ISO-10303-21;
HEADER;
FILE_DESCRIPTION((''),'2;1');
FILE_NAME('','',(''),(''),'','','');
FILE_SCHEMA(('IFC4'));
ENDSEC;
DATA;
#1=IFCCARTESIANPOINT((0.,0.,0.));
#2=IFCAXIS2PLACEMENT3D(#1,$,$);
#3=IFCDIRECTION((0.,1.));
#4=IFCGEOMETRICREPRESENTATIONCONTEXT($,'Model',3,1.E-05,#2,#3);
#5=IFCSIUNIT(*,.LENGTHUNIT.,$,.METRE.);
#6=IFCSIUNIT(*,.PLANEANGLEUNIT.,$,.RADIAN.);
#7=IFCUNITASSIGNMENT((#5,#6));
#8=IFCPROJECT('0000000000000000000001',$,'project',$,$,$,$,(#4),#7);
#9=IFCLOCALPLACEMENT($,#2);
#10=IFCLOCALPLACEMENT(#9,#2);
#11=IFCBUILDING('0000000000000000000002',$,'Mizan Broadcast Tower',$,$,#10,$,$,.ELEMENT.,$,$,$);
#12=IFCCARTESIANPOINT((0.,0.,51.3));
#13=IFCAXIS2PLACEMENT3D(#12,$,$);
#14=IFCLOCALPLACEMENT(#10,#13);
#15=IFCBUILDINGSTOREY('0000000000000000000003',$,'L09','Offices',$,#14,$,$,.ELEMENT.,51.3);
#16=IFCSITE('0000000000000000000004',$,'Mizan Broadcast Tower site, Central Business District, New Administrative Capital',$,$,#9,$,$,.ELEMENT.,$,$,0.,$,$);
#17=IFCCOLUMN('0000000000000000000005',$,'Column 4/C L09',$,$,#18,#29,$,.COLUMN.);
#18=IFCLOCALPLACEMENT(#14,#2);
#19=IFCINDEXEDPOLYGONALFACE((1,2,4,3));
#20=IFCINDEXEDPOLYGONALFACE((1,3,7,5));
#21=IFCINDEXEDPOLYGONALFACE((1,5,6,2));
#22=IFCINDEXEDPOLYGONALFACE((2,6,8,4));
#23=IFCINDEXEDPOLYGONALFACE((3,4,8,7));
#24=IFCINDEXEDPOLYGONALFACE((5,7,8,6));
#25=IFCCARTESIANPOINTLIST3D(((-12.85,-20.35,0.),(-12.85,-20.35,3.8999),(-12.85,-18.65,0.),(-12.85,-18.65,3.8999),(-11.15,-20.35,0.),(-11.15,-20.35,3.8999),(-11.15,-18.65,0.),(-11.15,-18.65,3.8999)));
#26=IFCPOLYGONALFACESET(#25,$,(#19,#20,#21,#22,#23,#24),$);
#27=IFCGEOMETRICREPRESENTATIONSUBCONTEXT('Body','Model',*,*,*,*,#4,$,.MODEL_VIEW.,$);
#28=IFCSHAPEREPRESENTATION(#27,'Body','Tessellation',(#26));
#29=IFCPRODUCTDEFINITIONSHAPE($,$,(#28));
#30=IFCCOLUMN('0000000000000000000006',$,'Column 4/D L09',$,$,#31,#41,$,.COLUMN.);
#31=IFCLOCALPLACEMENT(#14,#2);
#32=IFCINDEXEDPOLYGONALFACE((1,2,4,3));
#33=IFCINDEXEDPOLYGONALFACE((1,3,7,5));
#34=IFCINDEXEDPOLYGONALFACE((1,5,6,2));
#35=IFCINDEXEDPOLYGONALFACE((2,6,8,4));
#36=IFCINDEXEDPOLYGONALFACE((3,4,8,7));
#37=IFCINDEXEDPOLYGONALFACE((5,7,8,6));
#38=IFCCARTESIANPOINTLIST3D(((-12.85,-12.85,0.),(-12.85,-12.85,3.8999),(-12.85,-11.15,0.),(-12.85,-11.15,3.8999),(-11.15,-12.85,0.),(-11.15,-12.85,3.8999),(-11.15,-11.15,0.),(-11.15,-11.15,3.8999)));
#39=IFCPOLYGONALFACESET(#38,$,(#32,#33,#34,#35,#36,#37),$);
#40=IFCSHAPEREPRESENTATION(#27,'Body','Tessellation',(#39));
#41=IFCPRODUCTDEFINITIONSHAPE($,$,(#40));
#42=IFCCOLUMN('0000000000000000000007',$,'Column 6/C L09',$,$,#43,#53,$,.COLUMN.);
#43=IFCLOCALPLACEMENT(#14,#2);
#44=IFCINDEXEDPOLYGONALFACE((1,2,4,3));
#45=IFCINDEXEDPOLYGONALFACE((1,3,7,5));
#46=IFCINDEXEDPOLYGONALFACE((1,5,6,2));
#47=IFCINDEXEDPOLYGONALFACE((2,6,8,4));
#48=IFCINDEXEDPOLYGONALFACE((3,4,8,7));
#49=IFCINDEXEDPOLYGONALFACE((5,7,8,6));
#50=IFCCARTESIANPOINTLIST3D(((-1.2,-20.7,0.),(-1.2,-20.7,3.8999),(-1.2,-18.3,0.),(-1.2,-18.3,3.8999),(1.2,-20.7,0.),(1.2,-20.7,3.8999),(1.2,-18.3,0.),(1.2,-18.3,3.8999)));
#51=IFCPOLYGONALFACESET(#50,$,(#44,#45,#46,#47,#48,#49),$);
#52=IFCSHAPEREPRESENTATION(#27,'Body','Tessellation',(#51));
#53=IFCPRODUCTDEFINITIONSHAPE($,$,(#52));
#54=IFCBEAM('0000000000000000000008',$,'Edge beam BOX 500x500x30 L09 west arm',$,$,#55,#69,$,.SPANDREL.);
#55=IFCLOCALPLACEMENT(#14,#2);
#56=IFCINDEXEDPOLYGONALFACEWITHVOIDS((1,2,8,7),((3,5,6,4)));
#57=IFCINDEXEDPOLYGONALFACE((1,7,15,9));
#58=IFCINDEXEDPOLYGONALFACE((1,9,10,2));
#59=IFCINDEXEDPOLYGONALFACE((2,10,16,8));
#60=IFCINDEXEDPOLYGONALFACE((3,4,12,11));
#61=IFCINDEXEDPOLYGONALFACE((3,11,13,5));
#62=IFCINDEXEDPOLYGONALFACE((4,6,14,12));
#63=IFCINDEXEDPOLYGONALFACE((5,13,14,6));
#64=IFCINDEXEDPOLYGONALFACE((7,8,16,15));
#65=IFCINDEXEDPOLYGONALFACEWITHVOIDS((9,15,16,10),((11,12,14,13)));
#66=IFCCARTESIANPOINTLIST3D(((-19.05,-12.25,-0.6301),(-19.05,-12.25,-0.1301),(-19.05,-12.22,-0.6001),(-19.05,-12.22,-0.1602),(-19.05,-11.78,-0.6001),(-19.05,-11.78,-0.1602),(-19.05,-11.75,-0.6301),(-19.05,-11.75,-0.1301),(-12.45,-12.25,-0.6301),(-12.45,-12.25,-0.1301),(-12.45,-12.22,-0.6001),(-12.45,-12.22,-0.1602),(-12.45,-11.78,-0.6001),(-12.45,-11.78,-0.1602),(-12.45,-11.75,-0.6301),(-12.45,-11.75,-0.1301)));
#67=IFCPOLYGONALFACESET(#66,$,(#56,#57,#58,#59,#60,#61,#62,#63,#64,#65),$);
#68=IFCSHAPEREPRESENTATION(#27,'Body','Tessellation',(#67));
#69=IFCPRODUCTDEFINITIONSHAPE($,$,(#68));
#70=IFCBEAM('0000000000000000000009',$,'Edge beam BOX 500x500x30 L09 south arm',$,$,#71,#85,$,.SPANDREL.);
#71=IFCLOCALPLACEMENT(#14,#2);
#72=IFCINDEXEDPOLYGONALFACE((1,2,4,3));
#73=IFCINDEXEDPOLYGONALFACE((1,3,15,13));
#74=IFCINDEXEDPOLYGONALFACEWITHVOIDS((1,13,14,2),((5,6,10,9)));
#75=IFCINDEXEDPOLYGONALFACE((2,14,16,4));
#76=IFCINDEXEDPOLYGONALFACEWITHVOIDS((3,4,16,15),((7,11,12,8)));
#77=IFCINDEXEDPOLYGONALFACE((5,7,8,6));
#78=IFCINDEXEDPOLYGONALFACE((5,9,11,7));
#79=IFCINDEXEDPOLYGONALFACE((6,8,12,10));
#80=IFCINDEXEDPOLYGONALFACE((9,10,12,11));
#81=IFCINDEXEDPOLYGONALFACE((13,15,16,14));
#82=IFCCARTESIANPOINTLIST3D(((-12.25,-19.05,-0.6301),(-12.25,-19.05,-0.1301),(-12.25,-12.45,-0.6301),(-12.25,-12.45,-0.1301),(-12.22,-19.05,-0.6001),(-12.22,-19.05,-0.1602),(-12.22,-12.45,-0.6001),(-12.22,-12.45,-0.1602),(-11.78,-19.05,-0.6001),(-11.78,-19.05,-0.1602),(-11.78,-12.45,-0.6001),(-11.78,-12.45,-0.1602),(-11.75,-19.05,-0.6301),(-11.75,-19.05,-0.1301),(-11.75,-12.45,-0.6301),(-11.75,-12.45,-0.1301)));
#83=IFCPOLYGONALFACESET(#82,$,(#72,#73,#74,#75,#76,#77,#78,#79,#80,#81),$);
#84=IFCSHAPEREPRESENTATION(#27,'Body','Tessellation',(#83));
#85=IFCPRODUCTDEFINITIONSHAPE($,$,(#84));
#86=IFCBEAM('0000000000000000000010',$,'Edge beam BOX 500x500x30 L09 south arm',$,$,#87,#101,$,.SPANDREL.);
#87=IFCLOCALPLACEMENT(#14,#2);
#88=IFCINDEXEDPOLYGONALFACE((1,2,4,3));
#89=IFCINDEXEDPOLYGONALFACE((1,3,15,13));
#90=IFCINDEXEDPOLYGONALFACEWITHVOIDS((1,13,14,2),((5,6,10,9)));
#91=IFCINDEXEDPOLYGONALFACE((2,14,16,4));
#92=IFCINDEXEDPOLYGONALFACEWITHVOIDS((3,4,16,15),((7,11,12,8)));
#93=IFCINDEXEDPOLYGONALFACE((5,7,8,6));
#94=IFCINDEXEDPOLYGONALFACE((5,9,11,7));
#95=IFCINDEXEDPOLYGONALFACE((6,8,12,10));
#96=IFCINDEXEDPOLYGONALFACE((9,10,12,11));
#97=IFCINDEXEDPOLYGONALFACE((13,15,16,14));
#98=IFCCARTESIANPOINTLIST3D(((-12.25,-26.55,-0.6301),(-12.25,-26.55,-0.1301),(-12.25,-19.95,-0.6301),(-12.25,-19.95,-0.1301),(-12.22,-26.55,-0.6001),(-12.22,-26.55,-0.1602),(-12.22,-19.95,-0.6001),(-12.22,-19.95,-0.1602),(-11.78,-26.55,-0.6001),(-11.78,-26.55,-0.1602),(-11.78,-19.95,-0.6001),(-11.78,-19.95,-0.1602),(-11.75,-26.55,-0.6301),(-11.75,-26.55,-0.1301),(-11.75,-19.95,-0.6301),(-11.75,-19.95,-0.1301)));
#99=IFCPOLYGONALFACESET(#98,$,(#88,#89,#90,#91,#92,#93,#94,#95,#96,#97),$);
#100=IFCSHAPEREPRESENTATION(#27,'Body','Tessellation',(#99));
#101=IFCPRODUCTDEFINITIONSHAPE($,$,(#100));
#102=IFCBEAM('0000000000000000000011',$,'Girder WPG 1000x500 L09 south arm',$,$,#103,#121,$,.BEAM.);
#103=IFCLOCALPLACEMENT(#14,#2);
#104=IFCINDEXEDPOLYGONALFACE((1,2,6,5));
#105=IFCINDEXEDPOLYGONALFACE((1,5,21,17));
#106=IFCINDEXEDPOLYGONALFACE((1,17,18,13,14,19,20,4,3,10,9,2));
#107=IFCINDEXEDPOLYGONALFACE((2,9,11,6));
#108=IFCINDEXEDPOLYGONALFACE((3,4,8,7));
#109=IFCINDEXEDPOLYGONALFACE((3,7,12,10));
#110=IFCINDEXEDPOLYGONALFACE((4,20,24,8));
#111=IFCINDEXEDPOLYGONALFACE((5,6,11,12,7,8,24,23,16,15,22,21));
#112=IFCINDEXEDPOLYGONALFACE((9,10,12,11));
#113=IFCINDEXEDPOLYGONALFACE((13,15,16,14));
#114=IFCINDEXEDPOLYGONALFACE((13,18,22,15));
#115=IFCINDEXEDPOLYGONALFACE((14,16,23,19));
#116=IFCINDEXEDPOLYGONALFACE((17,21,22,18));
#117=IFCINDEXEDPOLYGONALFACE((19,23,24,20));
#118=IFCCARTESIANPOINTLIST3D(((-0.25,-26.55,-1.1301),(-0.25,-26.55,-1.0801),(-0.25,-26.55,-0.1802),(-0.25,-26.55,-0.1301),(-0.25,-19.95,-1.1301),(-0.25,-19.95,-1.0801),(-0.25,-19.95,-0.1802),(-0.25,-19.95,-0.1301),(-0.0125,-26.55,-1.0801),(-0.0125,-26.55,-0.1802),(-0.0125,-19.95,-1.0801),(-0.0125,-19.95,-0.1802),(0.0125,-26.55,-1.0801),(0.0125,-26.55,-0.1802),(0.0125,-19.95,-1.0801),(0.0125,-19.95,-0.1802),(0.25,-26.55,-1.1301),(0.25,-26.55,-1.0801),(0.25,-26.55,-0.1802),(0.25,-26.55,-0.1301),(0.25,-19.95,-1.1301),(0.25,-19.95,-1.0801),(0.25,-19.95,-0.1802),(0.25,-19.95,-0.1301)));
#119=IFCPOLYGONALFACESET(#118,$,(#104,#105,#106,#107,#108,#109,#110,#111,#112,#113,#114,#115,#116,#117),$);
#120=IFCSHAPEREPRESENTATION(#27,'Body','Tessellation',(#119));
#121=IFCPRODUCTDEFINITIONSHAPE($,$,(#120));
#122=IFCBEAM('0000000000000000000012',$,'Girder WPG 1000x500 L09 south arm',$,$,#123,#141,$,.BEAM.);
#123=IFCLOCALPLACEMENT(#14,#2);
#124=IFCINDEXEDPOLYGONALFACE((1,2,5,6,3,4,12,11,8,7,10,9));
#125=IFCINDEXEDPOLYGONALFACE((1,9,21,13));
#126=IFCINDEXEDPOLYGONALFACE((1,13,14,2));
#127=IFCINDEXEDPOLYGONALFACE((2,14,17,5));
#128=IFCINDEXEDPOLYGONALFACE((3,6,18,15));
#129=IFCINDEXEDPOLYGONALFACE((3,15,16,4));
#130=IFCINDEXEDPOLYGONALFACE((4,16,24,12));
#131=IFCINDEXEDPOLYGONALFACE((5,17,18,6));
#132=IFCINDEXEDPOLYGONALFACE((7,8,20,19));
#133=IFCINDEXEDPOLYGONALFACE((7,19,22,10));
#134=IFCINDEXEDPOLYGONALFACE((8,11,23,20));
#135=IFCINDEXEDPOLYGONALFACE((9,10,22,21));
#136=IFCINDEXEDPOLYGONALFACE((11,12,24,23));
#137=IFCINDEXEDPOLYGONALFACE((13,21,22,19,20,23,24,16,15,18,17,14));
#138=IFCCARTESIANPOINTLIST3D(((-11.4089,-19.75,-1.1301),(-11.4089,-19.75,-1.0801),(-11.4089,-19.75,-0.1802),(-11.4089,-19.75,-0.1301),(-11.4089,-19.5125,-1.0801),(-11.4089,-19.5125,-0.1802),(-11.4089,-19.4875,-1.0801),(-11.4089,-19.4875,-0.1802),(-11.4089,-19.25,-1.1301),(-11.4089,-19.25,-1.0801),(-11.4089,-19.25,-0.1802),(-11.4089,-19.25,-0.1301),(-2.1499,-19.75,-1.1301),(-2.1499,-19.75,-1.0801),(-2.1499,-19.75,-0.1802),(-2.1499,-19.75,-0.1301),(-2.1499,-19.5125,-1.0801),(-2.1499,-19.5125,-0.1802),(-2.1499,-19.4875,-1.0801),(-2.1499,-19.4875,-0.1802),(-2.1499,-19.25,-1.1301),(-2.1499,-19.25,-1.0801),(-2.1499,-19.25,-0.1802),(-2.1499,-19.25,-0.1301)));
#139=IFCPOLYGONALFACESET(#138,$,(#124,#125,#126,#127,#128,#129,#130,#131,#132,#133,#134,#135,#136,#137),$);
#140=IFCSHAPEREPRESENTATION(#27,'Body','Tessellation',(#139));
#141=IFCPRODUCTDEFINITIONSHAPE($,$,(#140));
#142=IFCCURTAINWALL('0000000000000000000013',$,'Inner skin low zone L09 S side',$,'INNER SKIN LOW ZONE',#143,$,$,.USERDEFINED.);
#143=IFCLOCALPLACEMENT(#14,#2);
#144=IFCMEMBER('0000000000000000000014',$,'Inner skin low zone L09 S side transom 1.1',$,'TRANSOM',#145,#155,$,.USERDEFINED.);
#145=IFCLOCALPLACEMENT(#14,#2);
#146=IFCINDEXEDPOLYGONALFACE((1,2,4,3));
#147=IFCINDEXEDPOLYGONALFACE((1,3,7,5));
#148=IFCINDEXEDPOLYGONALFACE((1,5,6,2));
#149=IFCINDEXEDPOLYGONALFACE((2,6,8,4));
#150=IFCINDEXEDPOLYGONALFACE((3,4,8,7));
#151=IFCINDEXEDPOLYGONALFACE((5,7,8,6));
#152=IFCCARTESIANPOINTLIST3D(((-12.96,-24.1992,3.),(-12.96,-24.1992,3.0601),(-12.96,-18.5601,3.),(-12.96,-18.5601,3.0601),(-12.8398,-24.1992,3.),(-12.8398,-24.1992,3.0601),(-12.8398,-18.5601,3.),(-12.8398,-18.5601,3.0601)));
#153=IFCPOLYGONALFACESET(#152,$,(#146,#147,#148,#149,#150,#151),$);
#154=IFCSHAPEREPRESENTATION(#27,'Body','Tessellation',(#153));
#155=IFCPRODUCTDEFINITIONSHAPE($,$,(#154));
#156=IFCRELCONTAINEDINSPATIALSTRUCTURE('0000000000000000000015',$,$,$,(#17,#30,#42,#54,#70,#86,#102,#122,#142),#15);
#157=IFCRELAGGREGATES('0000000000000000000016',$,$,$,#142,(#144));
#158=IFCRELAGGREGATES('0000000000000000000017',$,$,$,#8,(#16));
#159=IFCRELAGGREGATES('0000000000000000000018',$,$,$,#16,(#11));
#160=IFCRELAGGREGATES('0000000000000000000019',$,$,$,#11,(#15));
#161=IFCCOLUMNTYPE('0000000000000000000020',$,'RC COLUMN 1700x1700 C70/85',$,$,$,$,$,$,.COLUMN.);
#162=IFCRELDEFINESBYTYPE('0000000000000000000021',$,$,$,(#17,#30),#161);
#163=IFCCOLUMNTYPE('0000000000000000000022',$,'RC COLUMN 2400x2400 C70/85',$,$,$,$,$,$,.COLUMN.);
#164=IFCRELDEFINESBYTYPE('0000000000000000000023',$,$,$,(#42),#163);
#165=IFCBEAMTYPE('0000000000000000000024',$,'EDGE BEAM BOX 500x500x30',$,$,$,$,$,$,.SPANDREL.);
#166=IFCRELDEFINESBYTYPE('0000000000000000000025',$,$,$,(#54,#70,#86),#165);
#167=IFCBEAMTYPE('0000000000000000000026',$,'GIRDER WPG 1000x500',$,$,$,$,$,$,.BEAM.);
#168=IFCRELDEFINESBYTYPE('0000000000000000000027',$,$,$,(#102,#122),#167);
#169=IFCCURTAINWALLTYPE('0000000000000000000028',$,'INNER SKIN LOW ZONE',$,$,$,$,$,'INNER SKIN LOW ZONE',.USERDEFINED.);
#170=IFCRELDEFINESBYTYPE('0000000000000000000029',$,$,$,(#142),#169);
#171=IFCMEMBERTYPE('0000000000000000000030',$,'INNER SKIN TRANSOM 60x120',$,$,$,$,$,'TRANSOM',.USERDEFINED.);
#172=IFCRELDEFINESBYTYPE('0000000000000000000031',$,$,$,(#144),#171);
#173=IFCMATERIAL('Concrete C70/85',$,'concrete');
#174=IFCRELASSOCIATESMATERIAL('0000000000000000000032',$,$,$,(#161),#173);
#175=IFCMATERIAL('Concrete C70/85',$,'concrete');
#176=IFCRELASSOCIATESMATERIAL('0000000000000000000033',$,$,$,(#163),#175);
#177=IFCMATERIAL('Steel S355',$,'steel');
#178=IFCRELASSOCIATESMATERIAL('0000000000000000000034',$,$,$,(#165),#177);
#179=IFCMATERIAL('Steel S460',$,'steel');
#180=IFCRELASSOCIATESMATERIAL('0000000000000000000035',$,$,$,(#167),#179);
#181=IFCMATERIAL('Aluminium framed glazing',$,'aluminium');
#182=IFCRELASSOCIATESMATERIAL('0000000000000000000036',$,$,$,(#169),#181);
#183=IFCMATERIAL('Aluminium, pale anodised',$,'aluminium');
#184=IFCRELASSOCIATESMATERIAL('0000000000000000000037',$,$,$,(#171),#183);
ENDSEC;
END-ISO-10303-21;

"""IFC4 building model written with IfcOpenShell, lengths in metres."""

from ifc_helpers import new_model, si_unit, direction, frame, origin, origin_2d, place, context, subcontext, project, spatial, rectangle, hollow_rectangle, i_section, extrude, material, material_profile, profile_set, type_object, element, aggregate, save


model = new_model("IFC4")

# Units and contexts
model_context = context("Model", 3, precision=1e-05, world=origin(), true_north=direction((0.0, 1.0)))
body_context = subcontext(model_context, "Body", "Model", "MODEL_VIEW")
ifc_project = project(units=[si_unit("LENGTHUNIT", "METRE"), si_unit("PLANEANGLEUNIT", "RADIAN")], contexts=[model_context])

# Site, building, storey
site_placement = place(None, origin())
site = spatial("IfcSite", under=ifc_project, at=site_placement, Name="Mizan Broadcast Tower site, Central Business District, New Administrative Capital", CompositionType="ELEMENT", RefElevation=0.0)
building_placement = place(site_placement, origin())
building = spatial("IfcBuilding", under=site, at=building_placement, Name="Mizan Broadcast Tower", CompositionType="ELEMENT")
storey_placement = place(building_placement, frame((0.0, 0.0, 51.3)))
storey = spatial("IfcBuildingStorey", under=building, at=storey_placement, Name="L09", Description="Offices", CompositionType="ELEMENT", Elevation=51.3)

# Columns
ifc_material_1 = material(Name="Concrete C70/85", Category="concrete")
ifc_material_profile_1 = material_profile(ifc_material_1, rectangle(XDim=1.7, YDim=1.7, at=origin_2d()), Name="RC 1700x1700")
ifc_profile_set_1 = profile_set([ifc_material_profile_1], Name="Concrete C70/85")
column_type_1 = type_object("IfcColumnType", Name="RC COLUMN 1700x1700 C70/85", PredefinedType="COLUMN", material=ifc_profile_set_1)
for number, where, z_axis, x_axis, name in (
    (1, (-12.0, -19.5, 0.0), (0.0, 0.0, 1.0), (1.0, 0.0, 0.0), "Column 4/C L09"),
    (2, (-12.0, -12.0, 0.0), (0.0, 0.0, 1.0), (1.0, 0.0, 0.0), "Column 4/D L09"),
):
    element("IfcColumn", number, at=place(storey_placement, frame(where, z_axis=z_axis, x_axis=x_axis)), inside=storey, type_object=column_type_1, Name=name, PredefinedType="COLUMN", context=body_context, shape_type="SweptSolid", body=[
        extrude(rectangle(XDim=1.7, YDim=1.7, at=origin_2d()), origin(), (0.0, 0.0, 1.0), 3.8999),
    ])
ifc_material_2 = material(Name="Concrete C70/85", Category="concrete")
ifc_material_profile_2 = material_profile(ifc_material_2, rectangle(XDim=2.3999, YDim=2.3999, at=origin_2d()), Name="RC 2400x2400")
ifc_profile_set_2 = profile_set([ifc_material_profile_2], Name="Concrete C70/85")
column_type_2 = type_object("IfcColumnType", Name="RC COLUMN 2400x2400 C70/85", PredefinedType="COLUMN", material=ifc_profile_set_2)
column_placement = place(storey_placement, frame((0.0, -19.5, 0.0), z_axis=(0.0, 0.0, 1.0), x_axis=(1.0, 0.0, 0.0)))
element("IfcColumn", 3, at=column_placement, inside=storey, type_object=column_type_2, Name="Column 6/C L09", PredefinedType="COLUMN", context=body_context, shape_type="SweptSolid", body=[
    extrude(rectangle(XDim=2.3999, YDim=2.3999, at=origin_2d()), origin(), (0.0, 0.0, 1.0), 3.8999),
])

# Beams
ifc_material_3 = material(Name="Steel S355", Category="steel")
ifc_material_profile_3 = material_profile(ifc_material_3, hollow_rectangle(XDim=0.5, YDim=0.5, WallThickness=0.03, at=origin_2d()), Name="BOX 500x500x30")
ifc_profile_set_3 = profile_set([ifc_material_profile_3], Name="Steel S355")
beam_type_1 = type_object("IfcBeamType", Name="EDGE BEAM BOX 500x500x30", PredefinedType="SPANDREL", material=ifc_profile_set_3)
for number, where, z_axis, x_axis, name in (
    (4, (-12.45, -12.0, -0.3801), (-1.0, 0.0, 0.0), (0.0, -1.0, 0.0), "Edge beam BOX 500x500x30 L09 west arm"),
    (5, (-12.0, -12.45, -0.3801), (0.0, -1.0, 0.0), (1.0, 0.0, 0.0), "Edge beam BOX 500x500x30 L09 south arm"),
    (6, (-12.0, -19.95, -0.3801), (0.0, -1.0, 0.0), (1.0, 0.0, 0.0), "Edge beam BOX 500x500x30 L09 south arm"),
):
    element("IfcBeam", number, at=place(storey_placement, frame(where, z_axis=z_axis, x_axis=x_axis)), inside=storey, type_object=beam_type_1, Name=name, PredefinedType="SPANDREL", context=body_context, shape_type="SweptSolid", body=[
        extrude(hollow_rectangle(XDim=0.5, YDim=0.5, WallThickness=0.03, at=origin_2d()), origin(), (0.0, 0.0, 1.0), 6.6001),
    ])
ifc_material_4 = material(Name="Steel S460", Category="steel")
ifc_material_profile_4 = material_profile(ifc_material_4, i_section(OverallWidth=0.5, OverallDepth=1.0, WebThickness=0.0249, FlangeThickness=0.05, at=origin_2d()), Name="WPG 1000x500")
ifc_profile_set_4 = profile_set([ifc_material_profile_4], Name="Steel S460")
beam_type_2 = type_object("IfcBeamType", Name="GIRDER WPG 1000x500", PredefinedType="BEAM", material=ifc_profile_set_4)
beam_1_placement = place(storey_placement, frame((0.0, -19.95, -0.6301), z_axis=(0.0, -1.0, 0.0), x_axis=(1.0, 0.0, 0.0)))
element("IfcBeam", 7, at=beam_1_placement, inside=storey, type_object=beam_type_2, Name="Girder WPG 1000x500 L09 south arm", PredefinedType="BEAM", context=body_context, shape_type="SweptSolid", body=[
    extrude(i_section(OverallWidth=0.5, OverallDepth=1.0, WebThickness=0.0249, FlangeThickness=0.05, at=origin_2d()), origin(), (0.0, 0.0, 1.0), 6.6001),
])
beam_2_placement = place(storey_placement, frame((-11.4089, -19.5, -0.6301), z_axis=(1.0, 0.0, 0.0), x_axis=(0.0, 1.0, 0.0)))
element("IfcBeam", 8, at=beam_2_placement, inside=storey, type_object=beam_type_2, Name="Girder WPG 1000x500 L09 south arm", PredefinedType="BEAM", context=body_context, shape_type="SweptSolid", body=[
    extrude(i_section(OverallWidth=0.5, OverallDepth=1.0, WebThickness=0.0249, FlangeThickness=0.05, at=origin_2d()), origin(), (0.0, 0.0, 1.0), 9.259),
])

# Curtain wall, member
ifc_material_5 = material(Name="Aluminium framed glazing", Category="aluminium")
curtain_wall_type = type_object("IfcCurtainWallType", Name="INNER SKIN LOW ZONE", ElementType="INNER SKIN LOW ZONE", PredefinedType="USERDEFINED", material=ifc_material_5)
curtain_wall_placement = place(storey_placement, origin())
curtain_wall = element("IfcCurtainWall", 9, at=curtain_wall_placement, inside=storey, type_object=curtain_wall_type, Name="Inner skin low zone L09 S side", ObjectType="INNER SKIN LOW ZONE", PredefinedType="USERDEFINED")
ifc_material_6 = material(Name="Aluminium, pale anodised", Category="aluminium")
ifc_material_profile_5 = material_profile(ifc_material_6, rectangle(XDim=0.1201, YDim=0.0601, at=origin_2d()), Name="TRANSOM 120x60")
ifc_profile_set_5 = profile_set([ifc_material_profile_5], Name="Aluminium, pale anodised")
member_type = type_object("IfcMemberType", Name="INNER SKIN TRANSOM 60x120", ElementType="TRANSOM", PredefinedType="USERDEFINED", material=ifc_profile_set_5)
member_placement = place(storey_placement, frame((-12.8999, -18.5601, 3.03), z_axis=(0.0, -1.0, 0.0), x_axis=(1.0, 0.0, 0.0)))
member = element("IfcMember", 10, at=member_placement, type_object=member_type, Name="Inner skin low zone L09 S side transom 1.1", ObjectType="TRANSOM", PredefinedType="USERDEFINED", context=body_context, shape_type="SweptSolid", body=[
    extrude(rectangle(XDim=0.1201, YDim=0.0601, at=origin_2d()), origin(), (0.0, 0.0, 1.0), 5.6392),
])
aggregate(curtain_wall, [member])

save(model, "model.ifc")
